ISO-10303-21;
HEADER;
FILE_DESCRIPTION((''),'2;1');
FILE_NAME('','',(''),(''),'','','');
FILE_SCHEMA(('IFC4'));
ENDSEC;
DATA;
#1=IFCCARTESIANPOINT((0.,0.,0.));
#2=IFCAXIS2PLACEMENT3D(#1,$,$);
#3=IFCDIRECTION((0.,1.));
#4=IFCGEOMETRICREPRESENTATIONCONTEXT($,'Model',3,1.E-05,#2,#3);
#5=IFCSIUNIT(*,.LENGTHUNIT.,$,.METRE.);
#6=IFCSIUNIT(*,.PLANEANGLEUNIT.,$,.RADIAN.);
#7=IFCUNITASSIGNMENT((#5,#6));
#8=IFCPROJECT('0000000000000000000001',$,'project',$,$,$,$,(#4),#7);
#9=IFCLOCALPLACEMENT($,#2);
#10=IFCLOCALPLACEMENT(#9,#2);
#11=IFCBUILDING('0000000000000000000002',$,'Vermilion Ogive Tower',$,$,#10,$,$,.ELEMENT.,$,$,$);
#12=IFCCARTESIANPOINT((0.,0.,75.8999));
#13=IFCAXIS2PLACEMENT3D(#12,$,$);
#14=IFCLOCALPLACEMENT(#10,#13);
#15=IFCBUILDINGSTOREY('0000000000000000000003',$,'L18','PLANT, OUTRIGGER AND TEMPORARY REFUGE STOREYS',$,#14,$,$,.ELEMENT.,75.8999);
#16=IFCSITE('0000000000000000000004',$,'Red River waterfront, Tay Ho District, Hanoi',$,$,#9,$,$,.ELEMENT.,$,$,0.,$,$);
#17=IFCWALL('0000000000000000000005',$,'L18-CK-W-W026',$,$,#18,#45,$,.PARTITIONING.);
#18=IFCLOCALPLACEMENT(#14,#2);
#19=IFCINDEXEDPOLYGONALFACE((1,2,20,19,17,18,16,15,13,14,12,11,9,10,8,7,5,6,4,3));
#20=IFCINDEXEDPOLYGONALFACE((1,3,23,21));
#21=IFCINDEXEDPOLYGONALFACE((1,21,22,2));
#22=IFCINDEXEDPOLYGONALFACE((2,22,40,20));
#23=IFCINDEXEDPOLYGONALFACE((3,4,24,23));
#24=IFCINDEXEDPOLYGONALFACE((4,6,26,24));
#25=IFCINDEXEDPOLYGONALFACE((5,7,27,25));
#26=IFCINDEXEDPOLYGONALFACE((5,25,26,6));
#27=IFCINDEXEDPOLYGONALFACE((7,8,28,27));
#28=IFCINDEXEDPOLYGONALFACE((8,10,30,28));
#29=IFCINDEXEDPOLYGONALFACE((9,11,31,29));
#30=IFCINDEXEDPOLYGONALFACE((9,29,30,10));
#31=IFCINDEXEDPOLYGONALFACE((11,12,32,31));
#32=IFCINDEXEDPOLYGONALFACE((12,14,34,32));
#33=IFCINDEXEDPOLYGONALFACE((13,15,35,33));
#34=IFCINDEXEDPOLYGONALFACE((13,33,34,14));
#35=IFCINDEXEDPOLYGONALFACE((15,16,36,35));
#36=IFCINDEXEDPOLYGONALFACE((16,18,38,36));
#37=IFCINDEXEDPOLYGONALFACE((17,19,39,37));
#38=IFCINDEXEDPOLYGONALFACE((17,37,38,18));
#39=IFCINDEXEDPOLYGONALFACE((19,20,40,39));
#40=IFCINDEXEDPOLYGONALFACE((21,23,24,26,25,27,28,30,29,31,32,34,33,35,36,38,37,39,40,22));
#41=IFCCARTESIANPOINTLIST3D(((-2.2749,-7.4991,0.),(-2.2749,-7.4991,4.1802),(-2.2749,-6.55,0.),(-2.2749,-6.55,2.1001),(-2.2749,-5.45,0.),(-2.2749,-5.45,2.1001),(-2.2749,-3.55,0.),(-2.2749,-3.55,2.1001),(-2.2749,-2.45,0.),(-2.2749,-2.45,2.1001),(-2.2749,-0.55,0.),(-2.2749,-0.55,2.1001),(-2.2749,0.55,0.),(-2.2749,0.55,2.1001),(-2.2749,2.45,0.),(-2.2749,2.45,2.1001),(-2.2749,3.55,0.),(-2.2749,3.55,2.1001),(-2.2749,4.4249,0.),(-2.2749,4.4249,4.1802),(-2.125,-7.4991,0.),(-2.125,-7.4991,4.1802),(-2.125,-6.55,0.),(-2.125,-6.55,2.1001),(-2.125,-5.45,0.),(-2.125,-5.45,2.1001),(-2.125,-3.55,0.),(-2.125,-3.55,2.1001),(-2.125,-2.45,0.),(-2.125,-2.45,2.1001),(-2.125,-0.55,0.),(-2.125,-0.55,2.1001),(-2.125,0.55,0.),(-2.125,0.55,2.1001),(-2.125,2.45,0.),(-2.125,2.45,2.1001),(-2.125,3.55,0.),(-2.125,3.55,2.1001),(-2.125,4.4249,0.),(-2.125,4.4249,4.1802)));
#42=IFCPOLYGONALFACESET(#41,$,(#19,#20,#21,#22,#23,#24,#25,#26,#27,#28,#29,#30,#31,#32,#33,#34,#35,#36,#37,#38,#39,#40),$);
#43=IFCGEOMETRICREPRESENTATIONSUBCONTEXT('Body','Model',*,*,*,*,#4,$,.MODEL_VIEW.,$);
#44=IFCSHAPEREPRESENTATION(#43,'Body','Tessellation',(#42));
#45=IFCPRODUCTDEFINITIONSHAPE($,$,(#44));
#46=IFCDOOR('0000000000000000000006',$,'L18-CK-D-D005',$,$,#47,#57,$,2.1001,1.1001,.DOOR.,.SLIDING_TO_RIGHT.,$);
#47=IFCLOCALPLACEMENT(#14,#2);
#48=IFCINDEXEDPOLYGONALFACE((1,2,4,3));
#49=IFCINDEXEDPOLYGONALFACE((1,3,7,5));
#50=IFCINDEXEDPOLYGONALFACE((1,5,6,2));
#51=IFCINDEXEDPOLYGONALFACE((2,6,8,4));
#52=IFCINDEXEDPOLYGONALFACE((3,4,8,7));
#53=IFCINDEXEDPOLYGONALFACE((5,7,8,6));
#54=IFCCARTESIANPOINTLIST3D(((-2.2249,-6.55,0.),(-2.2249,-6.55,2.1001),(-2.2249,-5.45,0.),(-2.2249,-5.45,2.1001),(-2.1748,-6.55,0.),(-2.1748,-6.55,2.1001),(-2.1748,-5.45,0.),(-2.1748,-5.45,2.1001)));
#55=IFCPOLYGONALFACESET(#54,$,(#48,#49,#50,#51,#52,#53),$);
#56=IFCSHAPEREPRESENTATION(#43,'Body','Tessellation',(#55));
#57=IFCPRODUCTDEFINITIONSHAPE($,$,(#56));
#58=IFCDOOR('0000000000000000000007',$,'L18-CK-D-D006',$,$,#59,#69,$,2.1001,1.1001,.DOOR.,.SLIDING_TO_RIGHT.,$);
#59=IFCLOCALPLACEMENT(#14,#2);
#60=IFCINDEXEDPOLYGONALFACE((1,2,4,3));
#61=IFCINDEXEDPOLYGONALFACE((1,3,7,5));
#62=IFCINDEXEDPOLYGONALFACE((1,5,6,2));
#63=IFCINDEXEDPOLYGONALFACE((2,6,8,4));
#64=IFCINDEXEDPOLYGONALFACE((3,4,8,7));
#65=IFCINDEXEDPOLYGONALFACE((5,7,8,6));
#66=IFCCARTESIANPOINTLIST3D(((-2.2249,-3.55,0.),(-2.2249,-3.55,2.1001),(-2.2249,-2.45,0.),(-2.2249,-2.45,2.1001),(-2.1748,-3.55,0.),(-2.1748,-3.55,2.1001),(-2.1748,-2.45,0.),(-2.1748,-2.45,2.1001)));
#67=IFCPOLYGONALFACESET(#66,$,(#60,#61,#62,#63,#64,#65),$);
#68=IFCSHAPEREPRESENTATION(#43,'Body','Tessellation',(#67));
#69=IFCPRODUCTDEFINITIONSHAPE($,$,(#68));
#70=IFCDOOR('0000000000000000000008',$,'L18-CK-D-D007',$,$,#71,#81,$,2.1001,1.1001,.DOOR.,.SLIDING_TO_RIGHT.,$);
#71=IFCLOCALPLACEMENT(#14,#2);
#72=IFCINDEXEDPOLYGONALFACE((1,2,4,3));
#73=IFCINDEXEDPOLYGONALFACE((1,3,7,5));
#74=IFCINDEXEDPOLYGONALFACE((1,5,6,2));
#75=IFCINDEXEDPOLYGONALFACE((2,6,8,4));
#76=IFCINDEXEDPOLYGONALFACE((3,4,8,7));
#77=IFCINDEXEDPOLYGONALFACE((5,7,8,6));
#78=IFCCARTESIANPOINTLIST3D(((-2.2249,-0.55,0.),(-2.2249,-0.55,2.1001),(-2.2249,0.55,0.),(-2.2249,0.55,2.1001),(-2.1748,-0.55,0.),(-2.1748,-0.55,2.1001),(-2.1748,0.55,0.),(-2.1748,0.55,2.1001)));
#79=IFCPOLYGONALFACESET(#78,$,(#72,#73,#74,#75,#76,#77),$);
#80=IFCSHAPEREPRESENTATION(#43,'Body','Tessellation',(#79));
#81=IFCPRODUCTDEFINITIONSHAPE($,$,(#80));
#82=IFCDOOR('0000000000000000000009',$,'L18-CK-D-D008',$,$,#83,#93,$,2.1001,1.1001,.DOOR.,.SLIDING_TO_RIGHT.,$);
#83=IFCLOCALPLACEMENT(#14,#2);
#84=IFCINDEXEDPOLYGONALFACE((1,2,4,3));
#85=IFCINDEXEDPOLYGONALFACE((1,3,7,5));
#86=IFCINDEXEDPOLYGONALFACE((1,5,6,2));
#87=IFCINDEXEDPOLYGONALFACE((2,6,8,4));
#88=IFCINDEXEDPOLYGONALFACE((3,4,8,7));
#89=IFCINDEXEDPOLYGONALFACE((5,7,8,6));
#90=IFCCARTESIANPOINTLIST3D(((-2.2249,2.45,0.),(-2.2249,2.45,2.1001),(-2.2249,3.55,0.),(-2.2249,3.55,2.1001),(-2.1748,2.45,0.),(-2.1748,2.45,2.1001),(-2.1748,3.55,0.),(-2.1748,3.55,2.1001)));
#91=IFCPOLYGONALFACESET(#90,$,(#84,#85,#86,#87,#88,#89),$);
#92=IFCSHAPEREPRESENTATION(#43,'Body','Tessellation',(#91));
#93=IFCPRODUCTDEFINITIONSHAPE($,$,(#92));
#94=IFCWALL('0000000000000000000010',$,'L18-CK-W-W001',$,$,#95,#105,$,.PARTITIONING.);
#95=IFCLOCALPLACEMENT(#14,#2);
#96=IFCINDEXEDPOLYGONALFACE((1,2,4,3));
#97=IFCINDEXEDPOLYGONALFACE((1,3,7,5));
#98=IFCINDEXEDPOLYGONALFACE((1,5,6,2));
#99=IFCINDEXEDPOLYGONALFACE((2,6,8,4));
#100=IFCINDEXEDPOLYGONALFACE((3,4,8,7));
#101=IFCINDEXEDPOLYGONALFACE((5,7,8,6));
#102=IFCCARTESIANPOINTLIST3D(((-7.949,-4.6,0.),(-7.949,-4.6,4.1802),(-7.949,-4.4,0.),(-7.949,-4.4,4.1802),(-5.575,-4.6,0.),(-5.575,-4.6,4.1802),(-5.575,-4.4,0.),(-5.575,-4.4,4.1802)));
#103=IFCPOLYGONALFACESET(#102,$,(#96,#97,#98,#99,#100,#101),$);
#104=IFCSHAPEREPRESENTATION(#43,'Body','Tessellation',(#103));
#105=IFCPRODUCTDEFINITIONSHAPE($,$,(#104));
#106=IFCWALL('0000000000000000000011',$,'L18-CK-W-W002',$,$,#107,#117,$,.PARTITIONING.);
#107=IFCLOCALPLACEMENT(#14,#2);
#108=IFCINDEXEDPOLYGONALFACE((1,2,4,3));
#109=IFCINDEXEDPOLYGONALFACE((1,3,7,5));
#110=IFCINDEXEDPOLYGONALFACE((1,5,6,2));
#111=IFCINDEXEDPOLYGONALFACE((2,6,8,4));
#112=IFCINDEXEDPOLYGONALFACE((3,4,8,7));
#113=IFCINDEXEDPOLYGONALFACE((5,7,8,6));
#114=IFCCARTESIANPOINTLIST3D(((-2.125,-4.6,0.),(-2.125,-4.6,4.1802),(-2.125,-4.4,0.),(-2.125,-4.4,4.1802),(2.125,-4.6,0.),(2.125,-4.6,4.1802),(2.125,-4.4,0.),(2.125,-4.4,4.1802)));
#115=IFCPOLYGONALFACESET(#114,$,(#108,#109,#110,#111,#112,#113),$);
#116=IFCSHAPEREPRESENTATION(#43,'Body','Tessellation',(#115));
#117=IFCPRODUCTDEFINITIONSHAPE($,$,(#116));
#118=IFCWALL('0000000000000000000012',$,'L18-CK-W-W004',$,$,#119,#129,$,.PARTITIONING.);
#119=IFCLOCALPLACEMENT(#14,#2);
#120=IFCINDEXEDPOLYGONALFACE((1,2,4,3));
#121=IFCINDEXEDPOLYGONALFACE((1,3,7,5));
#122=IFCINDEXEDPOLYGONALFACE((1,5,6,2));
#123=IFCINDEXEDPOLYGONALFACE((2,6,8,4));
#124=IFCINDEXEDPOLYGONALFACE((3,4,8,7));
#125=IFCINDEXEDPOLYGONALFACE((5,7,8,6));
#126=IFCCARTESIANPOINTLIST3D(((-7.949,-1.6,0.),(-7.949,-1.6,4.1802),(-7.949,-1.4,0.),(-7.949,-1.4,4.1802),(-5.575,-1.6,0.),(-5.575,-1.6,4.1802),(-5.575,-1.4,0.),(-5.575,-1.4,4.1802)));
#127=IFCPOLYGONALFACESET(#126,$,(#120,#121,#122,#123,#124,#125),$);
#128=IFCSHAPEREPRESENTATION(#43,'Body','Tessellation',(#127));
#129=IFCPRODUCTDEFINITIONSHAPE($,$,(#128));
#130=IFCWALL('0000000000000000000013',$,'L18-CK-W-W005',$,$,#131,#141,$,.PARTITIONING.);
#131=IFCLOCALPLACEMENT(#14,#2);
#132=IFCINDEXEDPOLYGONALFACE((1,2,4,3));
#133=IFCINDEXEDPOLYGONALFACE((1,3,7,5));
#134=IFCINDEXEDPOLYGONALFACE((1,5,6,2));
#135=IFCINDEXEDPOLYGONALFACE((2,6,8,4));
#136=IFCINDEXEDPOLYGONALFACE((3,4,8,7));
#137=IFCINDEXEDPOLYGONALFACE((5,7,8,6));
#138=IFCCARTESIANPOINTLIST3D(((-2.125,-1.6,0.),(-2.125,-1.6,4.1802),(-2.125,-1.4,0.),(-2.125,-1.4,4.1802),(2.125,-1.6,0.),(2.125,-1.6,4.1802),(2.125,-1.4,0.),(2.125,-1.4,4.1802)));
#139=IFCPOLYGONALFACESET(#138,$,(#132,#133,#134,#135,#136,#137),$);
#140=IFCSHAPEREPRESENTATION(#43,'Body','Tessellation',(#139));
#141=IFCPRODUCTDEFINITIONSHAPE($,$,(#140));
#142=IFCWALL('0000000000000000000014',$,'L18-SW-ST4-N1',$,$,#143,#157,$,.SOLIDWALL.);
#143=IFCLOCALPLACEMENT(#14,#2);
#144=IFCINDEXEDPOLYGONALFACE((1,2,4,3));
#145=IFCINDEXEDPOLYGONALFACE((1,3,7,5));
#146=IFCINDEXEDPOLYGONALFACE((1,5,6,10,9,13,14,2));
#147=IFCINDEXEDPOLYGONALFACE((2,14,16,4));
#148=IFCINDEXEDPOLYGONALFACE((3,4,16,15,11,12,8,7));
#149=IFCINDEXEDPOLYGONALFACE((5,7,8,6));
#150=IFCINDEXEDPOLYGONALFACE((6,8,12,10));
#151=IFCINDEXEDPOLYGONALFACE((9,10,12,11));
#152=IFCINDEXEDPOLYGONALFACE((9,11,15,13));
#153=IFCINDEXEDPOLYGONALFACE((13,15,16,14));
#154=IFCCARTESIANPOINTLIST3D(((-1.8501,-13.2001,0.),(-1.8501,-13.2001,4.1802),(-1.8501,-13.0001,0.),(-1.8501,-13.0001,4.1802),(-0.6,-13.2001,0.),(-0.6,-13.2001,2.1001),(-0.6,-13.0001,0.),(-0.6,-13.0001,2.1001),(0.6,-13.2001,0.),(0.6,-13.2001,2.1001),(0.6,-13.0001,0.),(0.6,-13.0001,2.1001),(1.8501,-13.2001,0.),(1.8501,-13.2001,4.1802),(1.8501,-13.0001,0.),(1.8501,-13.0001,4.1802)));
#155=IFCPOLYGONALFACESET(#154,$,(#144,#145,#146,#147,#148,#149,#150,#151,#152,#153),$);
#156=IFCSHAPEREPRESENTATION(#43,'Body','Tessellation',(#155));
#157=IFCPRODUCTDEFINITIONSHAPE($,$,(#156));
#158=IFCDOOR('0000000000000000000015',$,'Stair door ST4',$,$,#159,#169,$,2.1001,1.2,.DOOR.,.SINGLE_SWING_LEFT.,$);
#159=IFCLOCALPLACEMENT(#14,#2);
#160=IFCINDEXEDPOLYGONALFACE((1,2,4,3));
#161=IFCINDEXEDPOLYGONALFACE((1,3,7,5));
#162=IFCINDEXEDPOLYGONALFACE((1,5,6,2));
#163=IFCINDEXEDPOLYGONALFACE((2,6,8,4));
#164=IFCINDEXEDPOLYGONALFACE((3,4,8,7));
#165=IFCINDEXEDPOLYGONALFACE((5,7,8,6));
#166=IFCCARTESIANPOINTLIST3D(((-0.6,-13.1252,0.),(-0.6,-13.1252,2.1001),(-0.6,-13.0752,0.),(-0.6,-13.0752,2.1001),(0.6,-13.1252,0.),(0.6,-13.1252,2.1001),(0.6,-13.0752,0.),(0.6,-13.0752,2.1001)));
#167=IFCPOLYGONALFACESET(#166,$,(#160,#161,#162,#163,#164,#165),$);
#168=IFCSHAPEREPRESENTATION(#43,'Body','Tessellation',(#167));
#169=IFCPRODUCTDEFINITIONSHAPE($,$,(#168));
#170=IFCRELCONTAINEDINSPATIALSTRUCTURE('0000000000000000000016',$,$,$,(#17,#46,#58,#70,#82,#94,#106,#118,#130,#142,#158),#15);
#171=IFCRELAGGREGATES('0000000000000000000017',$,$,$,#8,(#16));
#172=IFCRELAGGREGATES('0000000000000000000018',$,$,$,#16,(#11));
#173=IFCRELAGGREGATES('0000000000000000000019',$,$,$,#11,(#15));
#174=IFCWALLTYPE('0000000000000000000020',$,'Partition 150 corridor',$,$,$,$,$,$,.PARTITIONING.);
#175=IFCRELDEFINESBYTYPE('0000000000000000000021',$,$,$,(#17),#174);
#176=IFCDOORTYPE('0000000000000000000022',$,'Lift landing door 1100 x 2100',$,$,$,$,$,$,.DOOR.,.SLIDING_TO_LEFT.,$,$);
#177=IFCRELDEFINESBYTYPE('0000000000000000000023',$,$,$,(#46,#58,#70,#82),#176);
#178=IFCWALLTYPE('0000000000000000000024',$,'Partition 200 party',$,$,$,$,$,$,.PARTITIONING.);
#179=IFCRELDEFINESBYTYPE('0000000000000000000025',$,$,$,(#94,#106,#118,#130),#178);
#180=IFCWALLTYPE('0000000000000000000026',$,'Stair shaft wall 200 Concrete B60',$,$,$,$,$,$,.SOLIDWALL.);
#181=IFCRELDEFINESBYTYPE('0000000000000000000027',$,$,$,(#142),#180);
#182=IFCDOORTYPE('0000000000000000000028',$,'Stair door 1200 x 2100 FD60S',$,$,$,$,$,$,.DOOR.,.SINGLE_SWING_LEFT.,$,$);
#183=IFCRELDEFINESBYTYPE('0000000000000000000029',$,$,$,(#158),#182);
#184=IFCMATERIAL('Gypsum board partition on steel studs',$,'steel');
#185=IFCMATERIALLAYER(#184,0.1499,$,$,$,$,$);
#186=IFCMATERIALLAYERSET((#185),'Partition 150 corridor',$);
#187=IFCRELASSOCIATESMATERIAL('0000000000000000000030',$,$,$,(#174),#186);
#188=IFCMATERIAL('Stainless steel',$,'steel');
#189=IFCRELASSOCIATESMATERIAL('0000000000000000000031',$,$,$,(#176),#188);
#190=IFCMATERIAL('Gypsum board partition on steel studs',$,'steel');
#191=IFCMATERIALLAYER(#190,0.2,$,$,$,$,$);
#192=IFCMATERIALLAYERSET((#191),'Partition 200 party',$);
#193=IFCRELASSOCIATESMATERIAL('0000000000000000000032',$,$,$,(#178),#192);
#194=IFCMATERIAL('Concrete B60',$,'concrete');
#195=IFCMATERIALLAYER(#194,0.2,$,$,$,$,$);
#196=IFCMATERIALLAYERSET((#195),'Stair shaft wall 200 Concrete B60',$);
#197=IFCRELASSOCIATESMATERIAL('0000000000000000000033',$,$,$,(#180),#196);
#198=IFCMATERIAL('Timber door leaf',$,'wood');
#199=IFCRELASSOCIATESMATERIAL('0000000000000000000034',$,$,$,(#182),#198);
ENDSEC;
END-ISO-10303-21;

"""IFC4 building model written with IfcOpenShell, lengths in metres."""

from ifc_helpers import new_model, si_unit, direction, frame, frame_2d, origin, place, context, subcontext, project, spatial, rectangle, extrude, material, layer, layer_set, type_object, element, fill, save


model = new_model("IFC4")

# Units and contexts
model_context = context("Model", 3, precision=1e-05, world=origin(), true_north=direction((0.0, 1.0)))
body_context = subcontext(model_context, "Body", "Model", "MODEL_VIEW")
ifc_project = project(units=[si_unit("LENGTHUNIT", "METRE"), si_unit("PLANEANGLEUNIT", "RADIAN")], contexts=[model_context])

# Site, building, storey
site_placement = place(None, origin())
site = spatial("IfcSite", under=ifc_project, at=site_placement, Name="Red River waterfront, Tay Ho District, Hanoi", CompositionType="ELEMENT", RefElevation=0.0)
building_placement = place(site_placement, origin())
building = spatial("IfcBuilding", under=site, at=building_placement, Name="Vermilion Ogive Tower", CompositionType="ELEMENT")
storey_placement = place(building_placement, frame((0.0, 0.0, 75.8999)))
storey = spatial("IfcBuildingStorey", under=building, at=storey_placement, Name="L18", Description="PLANT, OUTRIGGER AND TEMPORARY REFUGE STOREYS", CompositionType="ELEMENT", Elevation=75.8999)

# Shared definitions
ifc_material_1 = material(Name="Gypsum board partition on steel studs", Category="steel")
ifc_layer_1 = layer(ifc_material_1, 0.1499)
ifc_layer_set_1 = layer_set([ifc_layer_1], Name="Partition 150 corridor")
wall_type_1 = type_object("IfcWallType", Name="Partition 150 corridor", PredefinedType="PARTITIONING", material=ifc_layer_set_1)

# Wall, openings, doors
ifc_material_2 = material(Name="Stainless steel", Category="steel")
door_type_1 = type_object("IfcDoorType", Name="Lift landing door 1100 x 2100", OperationType="SLIDING_TO_LEFT", PredefinedType="DOOR", material=ifc_material_2)
wall_1_placement = place(storey_placement, frame((-2.2, -7.499, 0.0), z_axis=(0.0, 0.0, 1.0), x_axis=(0.0, 1.0, 0.0)))
wall_1 = element("IfcWall", 1, at=wall_1_placement, inside=storey, type_object=wall_type_1, Name="L18-CK-W-W026", PredefinedType="PARTITIONING", context=body_context, shape_type="SweptSolid", body=[
    extrude(rectangle(XDim=11.9241, YDim=0.1499, at=frame_2d((5.9619, 0.0))), origin(), (0.0, 0.0, 1.0), 4.1802),
])
opening_1_placement = place(wall_1_placement, frame((0.949, 0.0, 0.0)))
opening_1 = element("IfcOpeningElement", 2, at=opening_1_placement, cuts=wall_1, PredefinedType="OPENING", context=body_context, shape_type="SweptSolid", body=[
    extrude(rectangle(XDim=1.1001, YDim=2.1001, at=frame_2d((0.55, 1.05))), frame((0.0, 0.085, 0.0), z_axis=(0.0, -1.0, 0.0), x_axis=(1.0, 0.0, 0.0)), (0.0, 0.0, 1.0), 0.1699),
])
opening_2_placement = place(wall_1_placement, frame((3.949, 0.0, 0.0)))
opening_2 = element("IfcOpeningElement", 3, at=opening_2_placement, cuts=wall_1, PredefinedType="OPENING", context=body_context, shape_type="SweptSolid", body=[
    extrude(rectangle(XDim=1.1001, YDim=2.1001, at=frame_2d((0.55, 1.05))), frame((0.0, 0.085, 0.0), z_axis=(0.0, -1.0, 0.0), x_axis=(1.0, 0.0, 0.0)), (0.0, 0.0, 1.0), 0.1699),
])
opening_3_placement = place(wall_1_placement, frame((6.949, 0.0, 0.0)))
opening_3 = element("IfcOpeningElement", 4, at=opening_3_placement, cuts=wall_1, PredefinedType="OPENING", context=body_context, shape_type="SweptSolid", body=[
    extrude(rectangle(XDim=1.1001, YDim=2.1001, at=frame_2d((0.55, 1.05))), frame((0.0, 0.085, 0.0), z_axis=(0.0, -1.0, 0.0), x_axis=(1.0, 0.0, 0.0)), (0.0, 0.0, 1.0), 0.1699),
])
opening_4_placement = place(wall_1_placement, frame((9.949, 0.0, 0.0)))
opening_4 = element("IfcOpeningElement", 5, at=opening_4_placement, cuts=wall_1, PredefinedType="OPENING", context=body_context, shape_type="SweptSolid", body=[
    extrude(rectangle(XDim=1.1001, YDim=2.1001, at=frame_2d((0.55, 1.05))), frame((0.0, 0.085, 0.0), z_axis=(0.0, -1.0, 0.0), x_axis=(1.0, 0.0, 0.0)), (0.0, 0.0, 1.0), 0.1699),
])
door_1_placement = place(opening_1_placement, origin())
door_1 = element("IfcDoor", 6, at=door_1_placement, inside=storey, type_object=door_type_1, Name="L18-CK-D-D005", OperationType="SLIDING_TO_RIGHT", OverallHeight=2.1001, OverallWidth=1.1001, PredefinedType="DOOR", context=body_context, shape_type="SweptSolid", body=[
    extrude(rectangle(XDim=1.1001, YDim=2.1001, at=frame_2d((0.55, 1.05))), frame((0.0, 0.0249, 0.0), z_axis=(0.0, -1.0, 0.0), x_axis=(1.0, 0.0, 0.0)), (0.0, 0.0, 1.0), 0.05),
])
fill(opening_1, door_1)
door_2_placement = place(opening_2_placement, origin())
door_2 = element("IfcDoor", 7, at=door_2_placement, inside=storey, type_object=door_type_1, Name="L18-CK-D-D006", OperationType="SLIDING_TO_RIGHT", OverallHeight=2.1001, OverallWidth=1.1001, PredefinedType="DOOR", context=body_context, shape_type="SweptSolid", body=[
    extrude(rectangle(XDim=1.1001, YDim=2.1001, at=frame_2d((0.55, 1.05))), frame((0.0, 0.0249, 0.0), z_axis=(0.0, -1.0, 0.0), x_axis=(1.0, 0.0, 0.0)), (0.0, 0.0, 1.0), 0.05),
])
fill(opening_2, door_2)
door_3_placement = place(opening_3_placement, origin())
door_3 = element("IfcDoor", 8, at=door_3_placement, inside=storey, type_object=door_type_1, Name="L18-CK-D-D007", OperationType="SLIDING_TO_RIGHT", OverallHeight=2.1001, OverallWidth=1.1001, PredefinedType="DOOR", context=body_context, shape_type="SweptSolid", body=[
    extrude(rectangle(XDim=1.1001, YDim=2.1001, at=frame_2d((0.55, 1.05))), frame((0.0, 0.0249, 0.0), z_axis=(0.0, -1.0, 0.0), x_axis=(1.0, 0.0, 0.0)), (0.0, 0.0, 1.0), 0.05),
])
fill(opening_3, door_3)
door_4_placement = place(opening_4_placement, origin())
door_4 = element("IfcDoor", 9, at=door_4_placement, inside=storey, type_object=door_type_1, Name="L18-CK-D-D008", OperationType="SLIDING_TO_RIGHT", OverallHeight=2.1001, OverallWidth=1.1001, PredefinedType="DOOR", context=body_context, shape_type="SweptSolid", body=[
    extrude(rectangle(XDim=1.1001, YDim=2.1001, at=frame_2d((0.55, 1.05))), frame((0.0, 0.0249, 0.0), z_axis=(0.0, -1.0, 0.0), x_axis=(1.0, 0.0, 0.0)), (0.0, 0.0, 1.0), 0.05),
])
fill(opening_4, door_4)

# Walls
ifc_material_3 = material(Name="Gypsum board partition on steel studs", Category="steel")
ifc_layer_2 = layer(ifc_material_3, 0.2)
ifc_layer_set_2 = layer_set([ifc_layer_2], Name="Partition 200 party")
wall_type_2 = type_object("IfcWallType", Name="Partition 200 party", PredefinedType="PARTITIONING", material=ifc_layer_set_2)
wall_2_placement = place(storey_placement, frame((-7.949, -4.5, 0.0), z_axis=(0.0, 0.0, 1.0), x_axis=(1.0, 0.0, 0.0)))
element("IfcWall", 10, at=wall_2_placement, inside=storey, type_object=wall_type_2, Name="L18-CK-W-W001", PredefinedType="PARTITIONING", context=body_context, shape_type="SweptSolid", body=[
    extrude(rectangle(XDim=2.374, YDim=0.2, at=frame_2d((1.187, 0.0))), origin(), (0.0, 0.0, 1.0), 4.1802),
])
wall_3_placement = place(storey_placement, frame((-2.125, -4.5, 0.0), z_axis=(0.0, 0.0, 1.0), x_axis=(1.0, 0.0, 0.0)))
element("IfcWall", 11, at=wall_3_placement, inside=storey, type_object=wall_type_2, Name="L18-CK-W-W002", PredefinedType="PARTITIONING", context=body_context, shape_type="SweptSolid", body=[
    extrude(rectangle(XDim=4.25, YDim=0.2, at=frame_2d((2.125, 0.0))), origin(), (0.0, 0.0, 1.0), 4.1802),
])
wall_4_placement = place(storey_placement, frame((-7.949, -1.5, 0.0), z_axis=(0.0, 0.0, 1.0), x_axis=(1.0, 0.0, 0.0)))
element("IfcWall", 12, at=wall_4_placement, inside=storey, type_object=wall_type_2, Name="L18-CK-W-W004", PredefinedType="PARTITIONING", context=body_context, shape_type="SweptSolid", body=[
    extrude(rectangle(XDim=2.374, YDim=0.2, at=frame_2d((1.187, 0.0))), origin(), (0.0, 0.0, 1.0), 4.1802),
])
wall_5_placement = place(storey_placement, frame((-2.125, -1.5, 0.0), z_axis=(0.0, 0.0, 1.0), x_axis=(1.0, 0.0, 0.0)))
element("IfcWall", 13, at=wall_5_placement, inside=storey, type_object=wall_type_2, Name="L18-CK-W-W005", PredefinedType="PARTITIONING", context=body_context, shape_type="SweptSolid", body=[
    extrude(rectangle(XDim=4.25, YDim=0.2, at=frame_2d((2.125, 0.0))), origin(), (0.0, 0.0, 1.0), 4.1802),
])

# Wall, opening, door
ifc_material_4 = material(Name="Concrete B60", Category="concrete")
ifc_layer_3 = layer(ifc_material_4, 0.2)
ifc_layer_set_3 = layer_set([ifc_layer_3], Name="Stair shaft wall 200 Concrete B60")
wall_type_3 = type_object("IfcWallType", Name="Stair shaft wall 200 Concrete B60", PredefinedType="SOLIDWALL", material=ifc_layer_set_3)
wall_6_placement = place(storey_placement, frame((-1.8501, -13.1001, 0.0), z_axis=(0.0, 0.0, 1.0), x_axis=(1.0, 0.0, 0.0)))
wall_6 = element("IfcWall", 14, at=wall_6_placement, inside=storey, type_object=wall_type_3, Name="L18-SW-ST4-N1", PredefinedType="SOLIDWALL", context=body_context, shape_type="SweptSolid", body=[
    extrude(rectangle(XDim=3.7002, YDim=0.2, at=frame_2d((1.8501, 0.0))), origin(), (0.0, 0.0, 1.0), 4.1802),
])
opening_5_placement = place(wall_6_placement, frame((1.25, 0.0, 0.0)))
opening_5 = element("IfcOpeningElement", 15, at=opening_5_placement, cuts=wall_6, PredefinedType="OPENING", context=body_context, shape_type="SweptSolid", body=[
    extrude(rectangle(XDim=1.2, YDim=2.1001, at=frame_2d((0.6001, 1.05))), frame((0.0, 0.1099, 0.0), z_axis=(0.0, -1.0, 0.0), x_axis=(1.0, 0.0, 0.0)), (0.0, 0.0, 1.0), 0.22),
])
ifc_material_5 = material(Name="Timber door leaf", Category="wood")
door_type_2 = type_object("IfcDoorType", Name="Stair door 1200 x 2100 FD60S", OperationType="SINGLE_SWING_LEFT", PredefinedType="DOOR", material=ifc_material_5)
door_5_placement = place(opening_5_placement, origin())
door_5 = element("IfcDoor", 16, at=door_5_placement, inside=storey, type_object=door_type_2, Name="Stair door ST4", OperationType="SINGLE_SWING_LEFT", OverallHeight=2.1001, OverallWidth=1.2, PredefinedType="DOOR", context=body_context, shape_type="SweptSolid", body=[
    extrude(rectangle(XDim=1.2, YDim=2.1001, at=frame_2d((0.6001, 1.05))), frame((0.0, 0.0249, 0.0), z_axis=(0.0, -1.0, 0.0), x_axis=(1.0, 0.0, 0.0)), (0.0, 0.0, 1.0), 0.05),
])
fill(opening_5, door_5)

save(model, "model.ifc")
